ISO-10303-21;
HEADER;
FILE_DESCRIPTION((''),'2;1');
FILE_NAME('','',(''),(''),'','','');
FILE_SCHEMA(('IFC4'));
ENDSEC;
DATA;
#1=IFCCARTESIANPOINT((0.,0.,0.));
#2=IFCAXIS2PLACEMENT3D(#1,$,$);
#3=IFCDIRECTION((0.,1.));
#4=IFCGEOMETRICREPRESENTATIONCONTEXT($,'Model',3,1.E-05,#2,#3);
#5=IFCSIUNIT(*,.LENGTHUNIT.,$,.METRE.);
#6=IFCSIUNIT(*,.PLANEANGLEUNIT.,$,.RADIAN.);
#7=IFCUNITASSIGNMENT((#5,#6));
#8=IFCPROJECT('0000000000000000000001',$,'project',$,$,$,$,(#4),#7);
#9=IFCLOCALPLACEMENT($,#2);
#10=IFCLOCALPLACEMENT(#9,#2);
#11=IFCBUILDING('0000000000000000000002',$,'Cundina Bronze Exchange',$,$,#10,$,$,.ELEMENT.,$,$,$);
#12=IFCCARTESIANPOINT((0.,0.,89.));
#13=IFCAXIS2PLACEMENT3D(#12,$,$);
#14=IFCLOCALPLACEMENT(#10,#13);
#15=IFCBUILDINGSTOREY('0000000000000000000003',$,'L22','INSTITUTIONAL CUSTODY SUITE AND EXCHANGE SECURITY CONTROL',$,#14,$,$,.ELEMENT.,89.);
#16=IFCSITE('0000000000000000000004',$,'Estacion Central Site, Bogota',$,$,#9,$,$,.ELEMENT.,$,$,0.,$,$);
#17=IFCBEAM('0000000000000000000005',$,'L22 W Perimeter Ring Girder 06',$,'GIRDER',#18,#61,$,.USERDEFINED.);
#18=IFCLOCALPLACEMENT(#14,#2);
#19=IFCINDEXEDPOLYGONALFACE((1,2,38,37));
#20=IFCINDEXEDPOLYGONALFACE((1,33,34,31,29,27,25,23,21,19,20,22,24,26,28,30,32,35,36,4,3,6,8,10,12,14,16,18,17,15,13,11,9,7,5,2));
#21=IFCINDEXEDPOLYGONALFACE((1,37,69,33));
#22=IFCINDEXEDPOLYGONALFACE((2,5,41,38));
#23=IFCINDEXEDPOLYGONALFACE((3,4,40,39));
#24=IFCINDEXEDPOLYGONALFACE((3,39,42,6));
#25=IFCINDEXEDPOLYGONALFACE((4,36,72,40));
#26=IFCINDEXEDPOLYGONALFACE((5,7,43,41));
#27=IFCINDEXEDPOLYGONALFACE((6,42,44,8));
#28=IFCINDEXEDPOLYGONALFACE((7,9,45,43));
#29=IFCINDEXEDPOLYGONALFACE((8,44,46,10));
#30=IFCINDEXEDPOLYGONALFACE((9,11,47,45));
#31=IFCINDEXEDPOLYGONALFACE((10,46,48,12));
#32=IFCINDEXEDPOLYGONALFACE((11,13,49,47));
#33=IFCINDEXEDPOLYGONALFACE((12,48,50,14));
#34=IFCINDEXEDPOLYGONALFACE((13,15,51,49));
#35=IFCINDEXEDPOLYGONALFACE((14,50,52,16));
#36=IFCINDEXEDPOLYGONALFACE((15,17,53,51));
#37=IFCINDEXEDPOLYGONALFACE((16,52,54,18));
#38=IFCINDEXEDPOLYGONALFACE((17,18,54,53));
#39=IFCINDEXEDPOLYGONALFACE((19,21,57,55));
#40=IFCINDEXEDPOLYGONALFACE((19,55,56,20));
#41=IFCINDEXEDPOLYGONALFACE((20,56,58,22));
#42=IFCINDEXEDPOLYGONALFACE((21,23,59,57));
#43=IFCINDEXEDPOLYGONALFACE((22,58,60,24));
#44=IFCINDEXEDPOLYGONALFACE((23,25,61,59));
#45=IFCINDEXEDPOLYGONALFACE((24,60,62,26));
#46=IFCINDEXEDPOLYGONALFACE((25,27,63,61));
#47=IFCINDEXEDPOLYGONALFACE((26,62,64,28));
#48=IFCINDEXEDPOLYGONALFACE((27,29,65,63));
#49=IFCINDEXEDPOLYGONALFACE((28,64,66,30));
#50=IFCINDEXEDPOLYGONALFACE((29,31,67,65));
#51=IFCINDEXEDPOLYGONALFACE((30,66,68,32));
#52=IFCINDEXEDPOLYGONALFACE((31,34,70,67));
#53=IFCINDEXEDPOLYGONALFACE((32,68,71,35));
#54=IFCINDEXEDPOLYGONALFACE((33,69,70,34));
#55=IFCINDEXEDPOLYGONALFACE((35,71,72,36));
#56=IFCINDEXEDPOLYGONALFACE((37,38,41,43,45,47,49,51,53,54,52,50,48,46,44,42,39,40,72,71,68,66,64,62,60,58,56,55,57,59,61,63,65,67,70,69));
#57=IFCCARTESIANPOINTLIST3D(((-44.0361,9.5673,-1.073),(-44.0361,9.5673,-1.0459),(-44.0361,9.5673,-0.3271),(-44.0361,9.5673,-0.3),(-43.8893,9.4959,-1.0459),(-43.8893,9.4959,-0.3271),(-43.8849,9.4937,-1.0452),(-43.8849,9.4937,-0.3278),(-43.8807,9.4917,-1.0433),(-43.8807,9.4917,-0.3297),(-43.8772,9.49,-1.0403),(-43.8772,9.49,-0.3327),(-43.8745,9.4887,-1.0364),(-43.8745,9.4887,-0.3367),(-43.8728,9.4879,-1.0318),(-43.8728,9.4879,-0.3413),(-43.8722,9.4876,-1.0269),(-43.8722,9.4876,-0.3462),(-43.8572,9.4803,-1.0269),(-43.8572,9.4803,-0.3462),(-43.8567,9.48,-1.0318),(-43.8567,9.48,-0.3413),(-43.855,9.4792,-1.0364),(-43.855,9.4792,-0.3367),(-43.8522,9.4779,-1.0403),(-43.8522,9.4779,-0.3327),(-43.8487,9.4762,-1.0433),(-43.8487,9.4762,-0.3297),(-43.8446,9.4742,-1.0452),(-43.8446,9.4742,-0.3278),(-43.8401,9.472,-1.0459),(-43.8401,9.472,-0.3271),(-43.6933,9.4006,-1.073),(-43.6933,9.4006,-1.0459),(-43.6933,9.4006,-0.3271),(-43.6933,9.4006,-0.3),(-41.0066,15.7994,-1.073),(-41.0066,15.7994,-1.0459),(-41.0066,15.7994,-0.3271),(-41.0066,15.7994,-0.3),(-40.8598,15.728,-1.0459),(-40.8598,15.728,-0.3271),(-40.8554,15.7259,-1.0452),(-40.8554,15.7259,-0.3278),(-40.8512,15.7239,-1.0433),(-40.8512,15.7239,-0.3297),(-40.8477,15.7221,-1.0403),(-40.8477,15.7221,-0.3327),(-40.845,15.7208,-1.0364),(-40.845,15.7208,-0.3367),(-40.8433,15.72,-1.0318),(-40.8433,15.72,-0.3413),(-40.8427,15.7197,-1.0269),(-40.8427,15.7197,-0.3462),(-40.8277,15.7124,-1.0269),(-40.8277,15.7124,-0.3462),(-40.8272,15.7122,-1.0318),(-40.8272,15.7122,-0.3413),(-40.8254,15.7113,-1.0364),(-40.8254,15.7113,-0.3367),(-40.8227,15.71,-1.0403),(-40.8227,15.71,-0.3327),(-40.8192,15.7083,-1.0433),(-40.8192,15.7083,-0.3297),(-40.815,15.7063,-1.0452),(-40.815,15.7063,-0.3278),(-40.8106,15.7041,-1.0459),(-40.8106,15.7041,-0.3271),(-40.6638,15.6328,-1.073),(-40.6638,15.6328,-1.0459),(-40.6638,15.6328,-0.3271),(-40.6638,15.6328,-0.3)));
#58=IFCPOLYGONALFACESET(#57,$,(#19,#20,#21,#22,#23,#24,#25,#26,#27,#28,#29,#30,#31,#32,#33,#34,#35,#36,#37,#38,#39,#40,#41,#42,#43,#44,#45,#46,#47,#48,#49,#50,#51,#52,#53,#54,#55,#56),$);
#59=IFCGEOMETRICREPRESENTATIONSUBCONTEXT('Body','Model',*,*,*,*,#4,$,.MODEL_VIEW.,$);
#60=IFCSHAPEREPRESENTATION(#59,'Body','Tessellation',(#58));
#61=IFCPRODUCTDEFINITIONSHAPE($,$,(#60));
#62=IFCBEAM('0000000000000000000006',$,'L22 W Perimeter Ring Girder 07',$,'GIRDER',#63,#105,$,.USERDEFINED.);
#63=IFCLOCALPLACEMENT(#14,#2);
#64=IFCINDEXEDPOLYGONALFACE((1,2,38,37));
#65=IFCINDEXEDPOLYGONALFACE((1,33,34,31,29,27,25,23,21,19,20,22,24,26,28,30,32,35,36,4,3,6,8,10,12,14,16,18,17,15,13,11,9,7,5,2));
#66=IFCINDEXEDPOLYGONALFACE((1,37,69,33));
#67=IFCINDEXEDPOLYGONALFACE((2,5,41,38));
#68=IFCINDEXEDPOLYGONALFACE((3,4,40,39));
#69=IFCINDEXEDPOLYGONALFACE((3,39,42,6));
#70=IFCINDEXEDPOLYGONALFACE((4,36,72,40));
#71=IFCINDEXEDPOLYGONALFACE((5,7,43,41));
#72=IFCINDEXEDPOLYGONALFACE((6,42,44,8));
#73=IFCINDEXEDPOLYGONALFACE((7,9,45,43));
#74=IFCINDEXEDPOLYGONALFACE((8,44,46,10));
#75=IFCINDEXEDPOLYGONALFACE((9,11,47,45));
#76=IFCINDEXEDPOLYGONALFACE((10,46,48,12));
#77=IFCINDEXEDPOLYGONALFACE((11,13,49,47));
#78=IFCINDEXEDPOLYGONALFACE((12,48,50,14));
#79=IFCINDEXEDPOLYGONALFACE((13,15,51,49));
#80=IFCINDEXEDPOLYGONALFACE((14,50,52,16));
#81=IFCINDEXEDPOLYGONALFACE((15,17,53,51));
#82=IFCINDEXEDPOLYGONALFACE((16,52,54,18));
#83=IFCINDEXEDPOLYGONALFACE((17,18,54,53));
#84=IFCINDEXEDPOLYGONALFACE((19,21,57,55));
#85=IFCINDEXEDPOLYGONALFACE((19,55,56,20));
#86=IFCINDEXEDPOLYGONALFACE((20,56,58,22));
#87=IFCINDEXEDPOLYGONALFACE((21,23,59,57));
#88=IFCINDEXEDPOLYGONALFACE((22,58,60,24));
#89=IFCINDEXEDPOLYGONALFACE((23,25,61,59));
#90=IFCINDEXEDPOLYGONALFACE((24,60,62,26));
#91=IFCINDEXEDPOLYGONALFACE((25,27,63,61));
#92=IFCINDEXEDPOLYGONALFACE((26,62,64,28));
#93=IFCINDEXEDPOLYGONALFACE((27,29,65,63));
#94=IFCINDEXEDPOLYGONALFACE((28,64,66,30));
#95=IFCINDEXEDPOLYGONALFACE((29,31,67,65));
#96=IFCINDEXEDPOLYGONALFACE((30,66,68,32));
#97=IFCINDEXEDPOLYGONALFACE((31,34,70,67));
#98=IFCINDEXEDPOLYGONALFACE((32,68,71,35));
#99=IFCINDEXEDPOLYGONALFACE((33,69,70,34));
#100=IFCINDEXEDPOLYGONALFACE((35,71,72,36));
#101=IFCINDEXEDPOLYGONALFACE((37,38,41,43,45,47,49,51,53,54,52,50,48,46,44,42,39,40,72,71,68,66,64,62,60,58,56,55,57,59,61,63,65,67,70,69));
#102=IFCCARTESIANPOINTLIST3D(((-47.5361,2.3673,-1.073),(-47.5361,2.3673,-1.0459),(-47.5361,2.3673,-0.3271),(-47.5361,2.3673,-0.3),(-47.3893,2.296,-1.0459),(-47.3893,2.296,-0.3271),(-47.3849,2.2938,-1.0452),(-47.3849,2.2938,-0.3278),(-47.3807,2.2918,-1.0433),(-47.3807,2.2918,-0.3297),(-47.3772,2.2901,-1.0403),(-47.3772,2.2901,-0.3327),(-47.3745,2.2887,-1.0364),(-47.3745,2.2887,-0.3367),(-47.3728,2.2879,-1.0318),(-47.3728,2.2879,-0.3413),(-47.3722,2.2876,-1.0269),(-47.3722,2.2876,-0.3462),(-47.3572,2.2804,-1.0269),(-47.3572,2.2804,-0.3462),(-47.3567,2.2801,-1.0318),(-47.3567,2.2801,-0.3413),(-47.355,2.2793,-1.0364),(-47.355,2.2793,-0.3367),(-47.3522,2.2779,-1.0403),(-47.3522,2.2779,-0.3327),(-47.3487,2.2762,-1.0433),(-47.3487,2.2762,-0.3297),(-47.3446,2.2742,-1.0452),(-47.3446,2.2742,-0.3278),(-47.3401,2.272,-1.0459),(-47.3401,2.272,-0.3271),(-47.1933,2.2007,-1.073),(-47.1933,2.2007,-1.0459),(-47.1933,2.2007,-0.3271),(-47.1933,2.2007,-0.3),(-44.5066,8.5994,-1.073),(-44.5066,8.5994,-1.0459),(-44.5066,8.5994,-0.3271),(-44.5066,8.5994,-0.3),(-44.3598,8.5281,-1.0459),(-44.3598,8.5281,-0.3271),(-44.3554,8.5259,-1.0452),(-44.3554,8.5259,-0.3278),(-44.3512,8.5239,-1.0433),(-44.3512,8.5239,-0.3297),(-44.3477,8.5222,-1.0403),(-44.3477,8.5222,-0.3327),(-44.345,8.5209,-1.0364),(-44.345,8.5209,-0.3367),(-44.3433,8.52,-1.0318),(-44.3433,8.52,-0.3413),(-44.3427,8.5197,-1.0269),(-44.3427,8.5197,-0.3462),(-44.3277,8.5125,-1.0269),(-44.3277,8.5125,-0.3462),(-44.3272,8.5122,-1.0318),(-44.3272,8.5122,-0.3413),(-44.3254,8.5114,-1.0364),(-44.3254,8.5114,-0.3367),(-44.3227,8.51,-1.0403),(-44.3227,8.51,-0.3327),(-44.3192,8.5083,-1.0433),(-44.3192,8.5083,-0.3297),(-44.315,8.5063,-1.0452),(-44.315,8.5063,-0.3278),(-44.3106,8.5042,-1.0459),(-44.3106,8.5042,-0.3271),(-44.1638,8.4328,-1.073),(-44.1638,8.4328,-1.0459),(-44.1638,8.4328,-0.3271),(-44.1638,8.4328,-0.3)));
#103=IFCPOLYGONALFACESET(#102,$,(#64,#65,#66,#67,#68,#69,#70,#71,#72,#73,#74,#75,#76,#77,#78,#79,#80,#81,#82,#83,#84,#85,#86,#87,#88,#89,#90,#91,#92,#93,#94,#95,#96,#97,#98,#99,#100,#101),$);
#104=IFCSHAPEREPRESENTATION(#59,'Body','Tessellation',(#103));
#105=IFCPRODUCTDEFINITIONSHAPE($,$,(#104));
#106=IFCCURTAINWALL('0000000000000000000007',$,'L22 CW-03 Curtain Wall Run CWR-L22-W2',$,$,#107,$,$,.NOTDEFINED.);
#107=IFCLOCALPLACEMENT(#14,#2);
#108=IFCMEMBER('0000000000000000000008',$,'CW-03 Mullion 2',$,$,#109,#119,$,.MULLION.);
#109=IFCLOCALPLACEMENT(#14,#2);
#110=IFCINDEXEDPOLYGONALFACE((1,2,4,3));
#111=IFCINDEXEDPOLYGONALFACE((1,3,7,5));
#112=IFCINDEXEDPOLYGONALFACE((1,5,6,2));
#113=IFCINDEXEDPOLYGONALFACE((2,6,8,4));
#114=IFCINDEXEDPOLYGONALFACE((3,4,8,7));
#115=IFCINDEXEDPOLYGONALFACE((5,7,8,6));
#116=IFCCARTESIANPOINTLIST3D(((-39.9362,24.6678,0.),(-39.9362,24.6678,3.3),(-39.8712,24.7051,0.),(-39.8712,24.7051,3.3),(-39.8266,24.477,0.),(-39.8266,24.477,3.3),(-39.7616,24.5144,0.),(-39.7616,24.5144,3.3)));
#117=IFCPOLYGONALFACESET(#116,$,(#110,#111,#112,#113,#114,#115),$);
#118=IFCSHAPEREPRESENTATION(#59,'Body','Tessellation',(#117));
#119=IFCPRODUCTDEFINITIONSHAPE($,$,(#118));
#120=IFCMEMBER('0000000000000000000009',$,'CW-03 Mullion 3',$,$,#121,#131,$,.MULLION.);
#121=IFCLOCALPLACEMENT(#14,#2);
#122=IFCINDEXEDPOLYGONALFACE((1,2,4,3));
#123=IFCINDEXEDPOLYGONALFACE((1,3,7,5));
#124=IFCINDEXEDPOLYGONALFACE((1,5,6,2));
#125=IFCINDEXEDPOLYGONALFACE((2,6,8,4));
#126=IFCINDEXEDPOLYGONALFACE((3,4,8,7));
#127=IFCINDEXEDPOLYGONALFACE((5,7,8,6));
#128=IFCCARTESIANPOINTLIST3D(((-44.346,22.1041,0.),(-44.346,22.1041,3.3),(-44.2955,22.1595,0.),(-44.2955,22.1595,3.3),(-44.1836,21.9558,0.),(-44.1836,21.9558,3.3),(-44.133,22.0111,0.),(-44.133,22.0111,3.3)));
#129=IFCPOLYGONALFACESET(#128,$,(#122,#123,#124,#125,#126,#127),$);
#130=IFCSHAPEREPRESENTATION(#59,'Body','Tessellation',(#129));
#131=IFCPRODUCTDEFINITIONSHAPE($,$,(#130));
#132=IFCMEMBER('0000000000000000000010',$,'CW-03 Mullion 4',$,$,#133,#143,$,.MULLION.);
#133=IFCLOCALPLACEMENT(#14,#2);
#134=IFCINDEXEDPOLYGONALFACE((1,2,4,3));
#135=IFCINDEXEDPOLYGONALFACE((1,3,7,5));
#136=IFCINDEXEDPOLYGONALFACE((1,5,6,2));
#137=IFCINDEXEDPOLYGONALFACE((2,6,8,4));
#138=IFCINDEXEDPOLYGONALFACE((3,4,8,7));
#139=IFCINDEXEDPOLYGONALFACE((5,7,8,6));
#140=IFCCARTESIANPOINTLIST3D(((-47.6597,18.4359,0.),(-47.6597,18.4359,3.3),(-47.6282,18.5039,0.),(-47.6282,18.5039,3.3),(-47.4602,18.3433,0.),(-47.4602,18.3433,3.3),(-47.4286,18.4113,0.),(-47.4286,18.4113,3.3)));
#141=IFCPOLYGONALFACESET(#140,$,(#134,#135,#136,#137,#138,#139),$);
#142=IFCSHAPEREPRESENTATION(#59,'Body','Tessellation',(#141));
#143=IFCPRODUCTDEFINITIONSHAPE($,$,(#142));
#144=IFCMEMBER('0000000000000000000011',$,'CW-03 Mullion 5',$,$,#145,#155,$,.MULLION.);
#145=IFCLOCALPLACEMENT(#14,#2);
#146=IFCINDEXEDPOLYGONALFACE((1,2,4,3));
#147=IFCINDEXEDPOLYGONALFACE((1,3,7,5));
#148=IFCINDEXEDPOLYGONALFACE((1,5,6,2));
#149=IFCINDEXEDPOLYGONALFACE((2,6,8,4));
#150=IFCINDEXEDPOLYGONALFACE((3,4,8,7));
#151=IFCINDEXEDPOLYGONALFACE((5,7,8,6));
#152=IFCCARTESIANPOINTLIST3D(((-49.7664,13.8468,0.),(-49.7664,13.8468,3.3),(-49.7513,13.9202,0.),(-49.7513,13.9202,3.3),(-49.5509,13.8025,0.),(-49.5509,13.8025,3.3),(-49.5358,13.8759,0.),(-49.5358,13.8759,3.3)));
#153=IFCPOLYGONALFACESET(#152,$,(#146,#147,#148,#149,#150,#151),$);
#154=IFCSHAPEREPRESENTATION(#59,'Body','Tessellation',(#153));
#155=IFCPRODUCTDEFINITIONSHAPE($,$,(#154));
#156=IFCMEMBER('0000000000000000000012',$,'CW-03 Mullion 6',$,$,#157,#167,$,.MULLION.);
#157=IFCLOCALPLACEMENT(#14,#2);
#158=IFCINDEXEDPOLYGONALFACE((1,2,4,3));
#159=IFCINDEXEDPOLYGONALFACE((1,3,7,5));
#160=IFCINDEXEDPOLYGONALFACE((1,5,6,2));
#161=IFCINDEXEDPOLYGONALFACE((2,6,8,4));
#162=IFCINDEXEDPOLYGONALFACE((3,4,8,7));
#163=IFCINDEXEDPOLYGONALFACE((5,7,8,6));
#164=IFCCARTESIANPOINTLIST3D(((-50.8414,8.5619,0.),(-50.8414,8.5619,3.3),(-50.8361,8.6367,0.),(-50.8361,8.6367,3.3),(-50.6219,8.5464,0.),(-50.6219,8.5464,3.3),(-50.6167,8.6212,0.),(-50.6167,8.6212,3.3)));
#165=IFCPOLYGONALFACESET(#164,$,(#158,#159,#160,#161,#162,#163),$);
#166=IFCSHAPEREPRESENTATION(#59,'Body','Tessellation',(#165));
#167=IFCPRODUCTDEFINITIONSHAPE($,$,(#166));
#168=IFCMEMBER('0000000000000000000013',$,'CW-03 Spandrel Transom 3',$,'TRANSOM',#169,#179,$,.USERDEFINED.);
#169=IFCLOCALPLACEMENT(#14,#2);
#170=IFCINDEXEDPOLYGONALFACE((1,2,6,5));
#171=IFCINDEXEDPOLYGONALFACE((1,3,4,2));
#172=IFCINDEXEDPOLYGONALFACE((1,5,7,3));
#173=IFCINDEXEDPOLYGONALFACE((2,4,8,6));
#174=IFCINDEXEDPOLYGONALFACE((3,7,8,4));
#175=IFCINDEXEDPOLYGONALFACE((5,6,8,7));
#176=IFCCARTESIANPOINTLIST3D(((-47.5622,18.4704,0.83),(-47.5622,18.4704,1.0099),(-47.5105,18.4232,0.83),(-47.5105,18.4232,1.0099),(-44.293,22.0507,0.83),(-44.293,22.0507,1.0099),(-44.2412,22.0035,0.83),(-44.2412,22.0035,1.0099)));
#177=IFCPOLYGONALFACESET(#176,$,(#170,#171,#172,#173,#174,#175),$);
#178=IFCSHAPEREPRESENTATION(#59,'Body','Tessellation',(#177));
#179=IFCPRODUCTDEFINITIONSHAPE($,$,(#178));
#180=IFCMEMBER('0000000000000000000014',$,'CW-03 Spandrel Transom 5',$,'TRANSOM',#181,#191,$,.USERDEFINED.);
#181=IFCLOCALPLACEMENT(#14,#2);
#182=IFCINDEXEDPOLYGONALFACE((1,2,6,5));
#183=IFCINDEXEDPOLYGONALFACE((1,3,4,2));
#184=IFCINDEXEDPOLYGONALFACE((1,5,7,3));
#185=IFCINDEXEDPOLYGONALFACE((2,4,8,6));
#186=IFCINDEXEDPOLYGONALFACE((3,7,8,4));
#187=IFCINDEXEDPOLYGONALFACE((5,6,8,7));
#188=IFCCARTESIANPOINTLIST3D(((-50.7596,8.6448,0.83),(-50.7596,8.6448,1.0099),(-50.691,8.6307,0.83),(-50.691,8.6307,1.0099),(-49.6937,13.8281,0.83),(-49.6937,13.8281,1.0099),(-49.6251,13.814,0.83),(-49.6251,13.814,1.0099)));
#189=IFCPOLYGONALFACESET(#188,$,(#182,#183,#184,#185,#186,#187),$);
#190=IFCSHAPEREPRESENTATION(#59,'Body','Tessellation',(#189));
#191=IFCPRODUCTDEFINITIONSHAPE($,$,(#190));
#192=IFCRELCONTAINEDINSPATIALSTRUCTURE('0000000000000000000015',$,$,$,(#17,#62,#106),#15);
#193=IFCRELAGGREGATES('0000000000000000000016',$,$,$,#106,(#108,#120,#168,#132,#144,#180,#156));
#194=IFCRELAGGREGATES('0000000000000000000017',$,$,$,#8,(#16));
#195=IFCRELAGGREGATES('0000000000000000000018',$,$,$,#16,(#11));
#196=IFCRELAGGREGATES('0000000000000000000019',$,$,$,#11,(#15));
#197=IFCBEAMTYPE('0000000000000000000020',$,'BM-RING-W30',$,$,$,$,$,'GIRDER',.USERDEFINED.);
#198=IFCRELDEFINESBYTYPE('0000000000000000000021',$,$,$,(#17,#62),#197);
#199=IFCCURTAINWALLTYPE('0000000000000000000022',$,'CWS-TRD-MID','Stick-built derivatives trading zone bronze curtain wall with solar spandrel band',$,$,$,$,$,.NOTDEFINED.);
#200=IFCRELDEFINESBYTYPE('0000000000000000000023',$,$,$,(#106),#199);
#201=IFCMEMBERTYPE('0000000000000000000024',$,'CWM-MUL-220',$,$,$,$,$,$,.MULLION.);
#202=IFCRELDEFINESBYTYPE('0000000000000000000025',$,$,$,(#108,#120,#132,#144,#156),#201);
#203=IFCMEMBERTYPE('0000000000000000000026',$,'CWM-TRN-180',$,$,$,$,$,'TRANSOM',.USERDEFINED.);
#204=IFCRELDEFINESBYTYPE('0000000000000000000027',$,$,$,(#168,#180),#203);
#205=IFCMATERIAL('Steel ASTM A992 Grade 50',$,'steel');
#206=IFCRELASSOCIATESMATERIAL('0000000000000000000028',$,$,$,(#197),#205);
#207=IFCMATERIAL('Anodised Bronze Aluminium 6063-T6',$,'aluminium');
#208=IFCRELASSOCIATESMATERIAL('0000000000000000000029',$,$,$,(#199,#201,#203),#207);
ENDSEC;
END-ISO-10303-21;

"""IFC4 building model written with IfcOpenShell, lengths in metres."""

from ifc_helpers import new_model, si_unit, direction, frame, origin, origin_2d, place, context, subcontext, project, spatial, rectangle, i_section, extrude, material, material_profile, profile_set, type_object, element, aggregate, save


model = new_model("IFC4")

# Units and contexts
model_context = context("Model", 3, precision=1e-05, world=origin(), true_north=direction((0.0, 1.0)))
body_context = subcontext(model_context, "Body", "Model", "MODEL_VIEW")
ifc_project = project(units=[si_unit("LENGTHUNIT", "METRE"), si_unit("PLANEANGLEUNIT", "RADIAN")], contexts=[model_context])

# Site, building, storey
site_placement = place(None, origin())
site = spatial("IfcSite", under=ifc_project, at=site_placement, Name="Estacion Central Site, Bogota", CompositionType="ELEMENT", RefElevation=0.0)
building_placement = place(site_placement, origin())
building = spatial("IfcBuilding", under=site, at=building_placement, Name="Cundina Bronze Exchange", CompositionType="ELEMENT")
storey_placement = place(building_placement, frame((0.0, 0.0, 89.0)))
storey = spatial("IfcBuildingStorey", under=building, at=storey_placement, Name="L22", Description="INSTITUTIONAL CUSTODY SUITE AND EXCHANGE SECURITY CONTROL", CompositionType="ELEMENT", Elevation=89.0)

# Beams
ifc_material_1 = material(Name="Steel ASTM A992 Grade 50", Category="steel")
ifc_material_profile_1 = material_profile(ifc_material_1, i_section(OverallWidth=0.3811, OverallDepth=0.7729, WebThickness=0.0166, FlangeThickness=0.0271, FilletRadius=0.019, at=origin_2d()), Name="W30X173", Category="steel")
ifc_profile_set_1 = profile_set([ifc_material_profile_1], Name="Steel ASTM A992 Grade 50")
beam_type_1 = type_object("IfcBeamType", Name="BM-RING-W30", ElementType="GIRDER", PredefinedType="USERDEFINED", material=ifc_profile_set_1)
for number, where, z_axis, x_axis, name in (
    (1, (-40.8352, 15.7161, -0.6865), (-0.437194, -0.899367, 0.0), (0.899367, -0.437194, 0.0), "L22 W Perimeter Ring Girder 06"),
    (2, (-44.3352, 8.5161, -0.6865), (-0.437194, -0.899367, 0.0), (0.899367, -0.437194, 0.0), "L22 W Perimeter Ring Girder 07"),
):
    element("IfcBeam", number, at=place(storey_placement, frame(where, z_axis=z_axis, x_axis=x_axis)), inside=storey, type_object=beam_type_1, Name=name, ObjectType="GIRDER", PredefinedType="USERDEFINED", context=body_context, shape_type="SweptSolid", body=[
        extrude(i_section(OverallWidth=0.3811, OverallDepth=0.7729, WebThickness=0.0166, FlangeThickness=0.0271, FilletRadius=0.019, at=origin_2d()), origin(), (0.0, 0.0, 1.0), 6.9294),
    ])

# Curtain wall, members
ifc_material_2 = material(Name="Anodised Bronze Aluminium 6063-T6", Category="aluminium")
curtain_wall_type = type_object("IfcCurtainWallType", Name="CWS-TRD-MID", Description="Stick-built derivatives trading zone bronze curtain wall with solar spandrel band", PredefinedType="NOTDEFINED", material=ifc_material_2)
curtain_wall_placement = place(storey_placement, origin())
curtain_wall = element("IfcCurtainWall", 3, at=curtain_wall_placement, inside=storey, type_object=curtain_wall_type, Name="L22 CW-03 Curtain Wall Run CWR-L22-W2", PredefinedType="NOTDEFINED")
ifc_material_profile_2 = material_profile(ifc_material_2, rectangle(XDim=0.075, YDim=0.22, at=origin_2d()), Name="AL75X220", Category="aluminium")
ifc_profile_set_2 = profile_set([ifc_material_profile_2], Name="Anodised Bronze Aluminium 6063-T6")
member_type_1 = type_object("IfcMemberType", Name="CWM-MUL-220", PredefinedType="MULLION", material=ifc_profile_set_2)
member_1_placement = place(storey_placement, frame((-39.8489, 24.5911, 0.0), z_axis=(0.0, 0.0, 1.0), x_axis=(-0.867071, -0.498185, 0.0)))
member_1 = element("IfcMember", 4, at=member_1_placement, type_object=member_type_1, Name="CW-03 Mullion 2", PredefinedType="MULLION", context=body_context, shape_type="SweptSolid", body=[
    extrude(rectangle(XDim=0.075, YDim=0.22, at=origin_2d()), origin(), (0.0, 0.0, 1.0), 3.3),
])
member_2_placement = place(storey_placement, frame((-44.2395, 22.0576, 0.0), z_axis=(0.0, 0.0, 1.0), x_axis=(-0.674302, -0.738455, 0.0)))
member_2 = element("IfcMember", 5, at=member_2_placement, type_object=member_type_1, Name="CW-03 Mullion 3", PredefinedType="MULLION", context=body_context, shape_type="SweptSolid", body=[
    extrude(rectangle(XDim=0.075, YDim=0.22, at=origin_2d()), origin(), (0.0, 0.0, 1.0), 3.3),
])
member_3_placement = place(storey_placement, frame((-47.5442, 18.4236, 0.0), z_axis=(0.0, 0.0, 1.0), x_axis=(-0.420877, -0.907117, 0.0)))
member_3 = element("IfcMember", 6, at=member_3_placement, type_object=member_type_1, Name="CW-03 Mullion 4", PredefinedType="MULLION", context=body_context, shape_type="SweptSolid", body=[
    extrude(rectangle(XDim=0.075, YDim=0.22, at=origin_2d()), origin(), (0.0, 0.0, 1.0), 3.3),
])
member_4_placement = place(storey_placement, frame((-49.6511, 13.8613, 0.0), z_axis=(0.0, 0.0, 1.0), x_axis=(-0.20142, -0.979505, 0.0)))
member_4 = element("IfcMember", 7, at=member_4_placement, type_object=member_type_1, Name="CW-03 Mullion 5", PredefinedType="MULLION", context=body_context, shape_type="SweptSolid", body=[
    extrude(rectangle(XDim=0.075, YDim=0.22, at=origin_2d()), origin(), (0.0, 0.0, 1.0), 3.3),
])
member_5_placement = place(storey_placement, frame((-50.729, 8.5916, 0.0), z_axis=(0.0, 0.0, 1.0), x_axis=(-0.070279, -0.997527, 0.0)))
member_5 = element("IfcMember", 8, at=member_5_placement, type_object=member_type_1, Name="CW-03 Mullion 6", PredefinedType="MULLION", context=body_context, shape_type="SweptSolid", body=[
    extrude(rectangle(XDim=0.075, YDim=0.22, at=origin_2d()), origin(), (0.0, 0.0, 1.0), 3.3),
])
ifc_material_profile_3 = material_profile(ifc_material_2, rectangle(XDim=0.0701, YDim=0.1799, at=origin_2d()), Name="AL70X180", Category="aluminium")
ifc_profile_set_3 = profile_set([ifc_material_profile_3], Name="Anodised Bronze Aluminium 6063-T6")
member_type_2 = type_object("IfcMemberType", Name="CWM-TRN-180", ElementType="TRANSOM", PredefinedType="USERDEFINED", material=ifc_profile_set_3)
member_6_placement = place(storey_placement, frame((-44.2671, 22.0271, 0.9199), z_axis=(-0.674303, -0.738455, 0.0), x_axis=(0.738455, -0.674303, 0.0)))
member_6 = element("IfcMember", 9, at=member_6_placement, type_object=member_type_2, Name="CW-03 Spandrel Transom 3", ObjectType="TRANSOM", PredefinedType="USERDEFINED", context=body_context, shape_type="SweptSolid", body=[
    extrude(rectangle(XDim=0.0701, YDim=0.1799, at=origin_2d()), origin(), (0.0, 0.0, 1.0), 4.8484),
])
member_7_placement = place(storey_placement, frame((-49.6594, 13.821, 0.9199), z_axis=(-0.201428, -0.979503, 0.0), x_axis=(0.979503, -0.201428, 0.0)))
member_7 = element("IfcMember", 10, at=member_7_placement, type_object=member_type_2, Name="CW-03 Spandrel Transom 5", ObjectType="TRANSOM", PredefinedType="USERDEFINED", context=body_context, shape_type="SweptSolid", body=[
    extrude(rectangle(XDim=0.0701, YDim=0.1799, at=origin_2d()), origin(), (0.0, 0.0, 1.0), 5.2917),
])
aggregate(curtain_wall, [member_1, member_2, member_6, member_3, member_4, member_7, member_5])

save(model, "model.ifc")
